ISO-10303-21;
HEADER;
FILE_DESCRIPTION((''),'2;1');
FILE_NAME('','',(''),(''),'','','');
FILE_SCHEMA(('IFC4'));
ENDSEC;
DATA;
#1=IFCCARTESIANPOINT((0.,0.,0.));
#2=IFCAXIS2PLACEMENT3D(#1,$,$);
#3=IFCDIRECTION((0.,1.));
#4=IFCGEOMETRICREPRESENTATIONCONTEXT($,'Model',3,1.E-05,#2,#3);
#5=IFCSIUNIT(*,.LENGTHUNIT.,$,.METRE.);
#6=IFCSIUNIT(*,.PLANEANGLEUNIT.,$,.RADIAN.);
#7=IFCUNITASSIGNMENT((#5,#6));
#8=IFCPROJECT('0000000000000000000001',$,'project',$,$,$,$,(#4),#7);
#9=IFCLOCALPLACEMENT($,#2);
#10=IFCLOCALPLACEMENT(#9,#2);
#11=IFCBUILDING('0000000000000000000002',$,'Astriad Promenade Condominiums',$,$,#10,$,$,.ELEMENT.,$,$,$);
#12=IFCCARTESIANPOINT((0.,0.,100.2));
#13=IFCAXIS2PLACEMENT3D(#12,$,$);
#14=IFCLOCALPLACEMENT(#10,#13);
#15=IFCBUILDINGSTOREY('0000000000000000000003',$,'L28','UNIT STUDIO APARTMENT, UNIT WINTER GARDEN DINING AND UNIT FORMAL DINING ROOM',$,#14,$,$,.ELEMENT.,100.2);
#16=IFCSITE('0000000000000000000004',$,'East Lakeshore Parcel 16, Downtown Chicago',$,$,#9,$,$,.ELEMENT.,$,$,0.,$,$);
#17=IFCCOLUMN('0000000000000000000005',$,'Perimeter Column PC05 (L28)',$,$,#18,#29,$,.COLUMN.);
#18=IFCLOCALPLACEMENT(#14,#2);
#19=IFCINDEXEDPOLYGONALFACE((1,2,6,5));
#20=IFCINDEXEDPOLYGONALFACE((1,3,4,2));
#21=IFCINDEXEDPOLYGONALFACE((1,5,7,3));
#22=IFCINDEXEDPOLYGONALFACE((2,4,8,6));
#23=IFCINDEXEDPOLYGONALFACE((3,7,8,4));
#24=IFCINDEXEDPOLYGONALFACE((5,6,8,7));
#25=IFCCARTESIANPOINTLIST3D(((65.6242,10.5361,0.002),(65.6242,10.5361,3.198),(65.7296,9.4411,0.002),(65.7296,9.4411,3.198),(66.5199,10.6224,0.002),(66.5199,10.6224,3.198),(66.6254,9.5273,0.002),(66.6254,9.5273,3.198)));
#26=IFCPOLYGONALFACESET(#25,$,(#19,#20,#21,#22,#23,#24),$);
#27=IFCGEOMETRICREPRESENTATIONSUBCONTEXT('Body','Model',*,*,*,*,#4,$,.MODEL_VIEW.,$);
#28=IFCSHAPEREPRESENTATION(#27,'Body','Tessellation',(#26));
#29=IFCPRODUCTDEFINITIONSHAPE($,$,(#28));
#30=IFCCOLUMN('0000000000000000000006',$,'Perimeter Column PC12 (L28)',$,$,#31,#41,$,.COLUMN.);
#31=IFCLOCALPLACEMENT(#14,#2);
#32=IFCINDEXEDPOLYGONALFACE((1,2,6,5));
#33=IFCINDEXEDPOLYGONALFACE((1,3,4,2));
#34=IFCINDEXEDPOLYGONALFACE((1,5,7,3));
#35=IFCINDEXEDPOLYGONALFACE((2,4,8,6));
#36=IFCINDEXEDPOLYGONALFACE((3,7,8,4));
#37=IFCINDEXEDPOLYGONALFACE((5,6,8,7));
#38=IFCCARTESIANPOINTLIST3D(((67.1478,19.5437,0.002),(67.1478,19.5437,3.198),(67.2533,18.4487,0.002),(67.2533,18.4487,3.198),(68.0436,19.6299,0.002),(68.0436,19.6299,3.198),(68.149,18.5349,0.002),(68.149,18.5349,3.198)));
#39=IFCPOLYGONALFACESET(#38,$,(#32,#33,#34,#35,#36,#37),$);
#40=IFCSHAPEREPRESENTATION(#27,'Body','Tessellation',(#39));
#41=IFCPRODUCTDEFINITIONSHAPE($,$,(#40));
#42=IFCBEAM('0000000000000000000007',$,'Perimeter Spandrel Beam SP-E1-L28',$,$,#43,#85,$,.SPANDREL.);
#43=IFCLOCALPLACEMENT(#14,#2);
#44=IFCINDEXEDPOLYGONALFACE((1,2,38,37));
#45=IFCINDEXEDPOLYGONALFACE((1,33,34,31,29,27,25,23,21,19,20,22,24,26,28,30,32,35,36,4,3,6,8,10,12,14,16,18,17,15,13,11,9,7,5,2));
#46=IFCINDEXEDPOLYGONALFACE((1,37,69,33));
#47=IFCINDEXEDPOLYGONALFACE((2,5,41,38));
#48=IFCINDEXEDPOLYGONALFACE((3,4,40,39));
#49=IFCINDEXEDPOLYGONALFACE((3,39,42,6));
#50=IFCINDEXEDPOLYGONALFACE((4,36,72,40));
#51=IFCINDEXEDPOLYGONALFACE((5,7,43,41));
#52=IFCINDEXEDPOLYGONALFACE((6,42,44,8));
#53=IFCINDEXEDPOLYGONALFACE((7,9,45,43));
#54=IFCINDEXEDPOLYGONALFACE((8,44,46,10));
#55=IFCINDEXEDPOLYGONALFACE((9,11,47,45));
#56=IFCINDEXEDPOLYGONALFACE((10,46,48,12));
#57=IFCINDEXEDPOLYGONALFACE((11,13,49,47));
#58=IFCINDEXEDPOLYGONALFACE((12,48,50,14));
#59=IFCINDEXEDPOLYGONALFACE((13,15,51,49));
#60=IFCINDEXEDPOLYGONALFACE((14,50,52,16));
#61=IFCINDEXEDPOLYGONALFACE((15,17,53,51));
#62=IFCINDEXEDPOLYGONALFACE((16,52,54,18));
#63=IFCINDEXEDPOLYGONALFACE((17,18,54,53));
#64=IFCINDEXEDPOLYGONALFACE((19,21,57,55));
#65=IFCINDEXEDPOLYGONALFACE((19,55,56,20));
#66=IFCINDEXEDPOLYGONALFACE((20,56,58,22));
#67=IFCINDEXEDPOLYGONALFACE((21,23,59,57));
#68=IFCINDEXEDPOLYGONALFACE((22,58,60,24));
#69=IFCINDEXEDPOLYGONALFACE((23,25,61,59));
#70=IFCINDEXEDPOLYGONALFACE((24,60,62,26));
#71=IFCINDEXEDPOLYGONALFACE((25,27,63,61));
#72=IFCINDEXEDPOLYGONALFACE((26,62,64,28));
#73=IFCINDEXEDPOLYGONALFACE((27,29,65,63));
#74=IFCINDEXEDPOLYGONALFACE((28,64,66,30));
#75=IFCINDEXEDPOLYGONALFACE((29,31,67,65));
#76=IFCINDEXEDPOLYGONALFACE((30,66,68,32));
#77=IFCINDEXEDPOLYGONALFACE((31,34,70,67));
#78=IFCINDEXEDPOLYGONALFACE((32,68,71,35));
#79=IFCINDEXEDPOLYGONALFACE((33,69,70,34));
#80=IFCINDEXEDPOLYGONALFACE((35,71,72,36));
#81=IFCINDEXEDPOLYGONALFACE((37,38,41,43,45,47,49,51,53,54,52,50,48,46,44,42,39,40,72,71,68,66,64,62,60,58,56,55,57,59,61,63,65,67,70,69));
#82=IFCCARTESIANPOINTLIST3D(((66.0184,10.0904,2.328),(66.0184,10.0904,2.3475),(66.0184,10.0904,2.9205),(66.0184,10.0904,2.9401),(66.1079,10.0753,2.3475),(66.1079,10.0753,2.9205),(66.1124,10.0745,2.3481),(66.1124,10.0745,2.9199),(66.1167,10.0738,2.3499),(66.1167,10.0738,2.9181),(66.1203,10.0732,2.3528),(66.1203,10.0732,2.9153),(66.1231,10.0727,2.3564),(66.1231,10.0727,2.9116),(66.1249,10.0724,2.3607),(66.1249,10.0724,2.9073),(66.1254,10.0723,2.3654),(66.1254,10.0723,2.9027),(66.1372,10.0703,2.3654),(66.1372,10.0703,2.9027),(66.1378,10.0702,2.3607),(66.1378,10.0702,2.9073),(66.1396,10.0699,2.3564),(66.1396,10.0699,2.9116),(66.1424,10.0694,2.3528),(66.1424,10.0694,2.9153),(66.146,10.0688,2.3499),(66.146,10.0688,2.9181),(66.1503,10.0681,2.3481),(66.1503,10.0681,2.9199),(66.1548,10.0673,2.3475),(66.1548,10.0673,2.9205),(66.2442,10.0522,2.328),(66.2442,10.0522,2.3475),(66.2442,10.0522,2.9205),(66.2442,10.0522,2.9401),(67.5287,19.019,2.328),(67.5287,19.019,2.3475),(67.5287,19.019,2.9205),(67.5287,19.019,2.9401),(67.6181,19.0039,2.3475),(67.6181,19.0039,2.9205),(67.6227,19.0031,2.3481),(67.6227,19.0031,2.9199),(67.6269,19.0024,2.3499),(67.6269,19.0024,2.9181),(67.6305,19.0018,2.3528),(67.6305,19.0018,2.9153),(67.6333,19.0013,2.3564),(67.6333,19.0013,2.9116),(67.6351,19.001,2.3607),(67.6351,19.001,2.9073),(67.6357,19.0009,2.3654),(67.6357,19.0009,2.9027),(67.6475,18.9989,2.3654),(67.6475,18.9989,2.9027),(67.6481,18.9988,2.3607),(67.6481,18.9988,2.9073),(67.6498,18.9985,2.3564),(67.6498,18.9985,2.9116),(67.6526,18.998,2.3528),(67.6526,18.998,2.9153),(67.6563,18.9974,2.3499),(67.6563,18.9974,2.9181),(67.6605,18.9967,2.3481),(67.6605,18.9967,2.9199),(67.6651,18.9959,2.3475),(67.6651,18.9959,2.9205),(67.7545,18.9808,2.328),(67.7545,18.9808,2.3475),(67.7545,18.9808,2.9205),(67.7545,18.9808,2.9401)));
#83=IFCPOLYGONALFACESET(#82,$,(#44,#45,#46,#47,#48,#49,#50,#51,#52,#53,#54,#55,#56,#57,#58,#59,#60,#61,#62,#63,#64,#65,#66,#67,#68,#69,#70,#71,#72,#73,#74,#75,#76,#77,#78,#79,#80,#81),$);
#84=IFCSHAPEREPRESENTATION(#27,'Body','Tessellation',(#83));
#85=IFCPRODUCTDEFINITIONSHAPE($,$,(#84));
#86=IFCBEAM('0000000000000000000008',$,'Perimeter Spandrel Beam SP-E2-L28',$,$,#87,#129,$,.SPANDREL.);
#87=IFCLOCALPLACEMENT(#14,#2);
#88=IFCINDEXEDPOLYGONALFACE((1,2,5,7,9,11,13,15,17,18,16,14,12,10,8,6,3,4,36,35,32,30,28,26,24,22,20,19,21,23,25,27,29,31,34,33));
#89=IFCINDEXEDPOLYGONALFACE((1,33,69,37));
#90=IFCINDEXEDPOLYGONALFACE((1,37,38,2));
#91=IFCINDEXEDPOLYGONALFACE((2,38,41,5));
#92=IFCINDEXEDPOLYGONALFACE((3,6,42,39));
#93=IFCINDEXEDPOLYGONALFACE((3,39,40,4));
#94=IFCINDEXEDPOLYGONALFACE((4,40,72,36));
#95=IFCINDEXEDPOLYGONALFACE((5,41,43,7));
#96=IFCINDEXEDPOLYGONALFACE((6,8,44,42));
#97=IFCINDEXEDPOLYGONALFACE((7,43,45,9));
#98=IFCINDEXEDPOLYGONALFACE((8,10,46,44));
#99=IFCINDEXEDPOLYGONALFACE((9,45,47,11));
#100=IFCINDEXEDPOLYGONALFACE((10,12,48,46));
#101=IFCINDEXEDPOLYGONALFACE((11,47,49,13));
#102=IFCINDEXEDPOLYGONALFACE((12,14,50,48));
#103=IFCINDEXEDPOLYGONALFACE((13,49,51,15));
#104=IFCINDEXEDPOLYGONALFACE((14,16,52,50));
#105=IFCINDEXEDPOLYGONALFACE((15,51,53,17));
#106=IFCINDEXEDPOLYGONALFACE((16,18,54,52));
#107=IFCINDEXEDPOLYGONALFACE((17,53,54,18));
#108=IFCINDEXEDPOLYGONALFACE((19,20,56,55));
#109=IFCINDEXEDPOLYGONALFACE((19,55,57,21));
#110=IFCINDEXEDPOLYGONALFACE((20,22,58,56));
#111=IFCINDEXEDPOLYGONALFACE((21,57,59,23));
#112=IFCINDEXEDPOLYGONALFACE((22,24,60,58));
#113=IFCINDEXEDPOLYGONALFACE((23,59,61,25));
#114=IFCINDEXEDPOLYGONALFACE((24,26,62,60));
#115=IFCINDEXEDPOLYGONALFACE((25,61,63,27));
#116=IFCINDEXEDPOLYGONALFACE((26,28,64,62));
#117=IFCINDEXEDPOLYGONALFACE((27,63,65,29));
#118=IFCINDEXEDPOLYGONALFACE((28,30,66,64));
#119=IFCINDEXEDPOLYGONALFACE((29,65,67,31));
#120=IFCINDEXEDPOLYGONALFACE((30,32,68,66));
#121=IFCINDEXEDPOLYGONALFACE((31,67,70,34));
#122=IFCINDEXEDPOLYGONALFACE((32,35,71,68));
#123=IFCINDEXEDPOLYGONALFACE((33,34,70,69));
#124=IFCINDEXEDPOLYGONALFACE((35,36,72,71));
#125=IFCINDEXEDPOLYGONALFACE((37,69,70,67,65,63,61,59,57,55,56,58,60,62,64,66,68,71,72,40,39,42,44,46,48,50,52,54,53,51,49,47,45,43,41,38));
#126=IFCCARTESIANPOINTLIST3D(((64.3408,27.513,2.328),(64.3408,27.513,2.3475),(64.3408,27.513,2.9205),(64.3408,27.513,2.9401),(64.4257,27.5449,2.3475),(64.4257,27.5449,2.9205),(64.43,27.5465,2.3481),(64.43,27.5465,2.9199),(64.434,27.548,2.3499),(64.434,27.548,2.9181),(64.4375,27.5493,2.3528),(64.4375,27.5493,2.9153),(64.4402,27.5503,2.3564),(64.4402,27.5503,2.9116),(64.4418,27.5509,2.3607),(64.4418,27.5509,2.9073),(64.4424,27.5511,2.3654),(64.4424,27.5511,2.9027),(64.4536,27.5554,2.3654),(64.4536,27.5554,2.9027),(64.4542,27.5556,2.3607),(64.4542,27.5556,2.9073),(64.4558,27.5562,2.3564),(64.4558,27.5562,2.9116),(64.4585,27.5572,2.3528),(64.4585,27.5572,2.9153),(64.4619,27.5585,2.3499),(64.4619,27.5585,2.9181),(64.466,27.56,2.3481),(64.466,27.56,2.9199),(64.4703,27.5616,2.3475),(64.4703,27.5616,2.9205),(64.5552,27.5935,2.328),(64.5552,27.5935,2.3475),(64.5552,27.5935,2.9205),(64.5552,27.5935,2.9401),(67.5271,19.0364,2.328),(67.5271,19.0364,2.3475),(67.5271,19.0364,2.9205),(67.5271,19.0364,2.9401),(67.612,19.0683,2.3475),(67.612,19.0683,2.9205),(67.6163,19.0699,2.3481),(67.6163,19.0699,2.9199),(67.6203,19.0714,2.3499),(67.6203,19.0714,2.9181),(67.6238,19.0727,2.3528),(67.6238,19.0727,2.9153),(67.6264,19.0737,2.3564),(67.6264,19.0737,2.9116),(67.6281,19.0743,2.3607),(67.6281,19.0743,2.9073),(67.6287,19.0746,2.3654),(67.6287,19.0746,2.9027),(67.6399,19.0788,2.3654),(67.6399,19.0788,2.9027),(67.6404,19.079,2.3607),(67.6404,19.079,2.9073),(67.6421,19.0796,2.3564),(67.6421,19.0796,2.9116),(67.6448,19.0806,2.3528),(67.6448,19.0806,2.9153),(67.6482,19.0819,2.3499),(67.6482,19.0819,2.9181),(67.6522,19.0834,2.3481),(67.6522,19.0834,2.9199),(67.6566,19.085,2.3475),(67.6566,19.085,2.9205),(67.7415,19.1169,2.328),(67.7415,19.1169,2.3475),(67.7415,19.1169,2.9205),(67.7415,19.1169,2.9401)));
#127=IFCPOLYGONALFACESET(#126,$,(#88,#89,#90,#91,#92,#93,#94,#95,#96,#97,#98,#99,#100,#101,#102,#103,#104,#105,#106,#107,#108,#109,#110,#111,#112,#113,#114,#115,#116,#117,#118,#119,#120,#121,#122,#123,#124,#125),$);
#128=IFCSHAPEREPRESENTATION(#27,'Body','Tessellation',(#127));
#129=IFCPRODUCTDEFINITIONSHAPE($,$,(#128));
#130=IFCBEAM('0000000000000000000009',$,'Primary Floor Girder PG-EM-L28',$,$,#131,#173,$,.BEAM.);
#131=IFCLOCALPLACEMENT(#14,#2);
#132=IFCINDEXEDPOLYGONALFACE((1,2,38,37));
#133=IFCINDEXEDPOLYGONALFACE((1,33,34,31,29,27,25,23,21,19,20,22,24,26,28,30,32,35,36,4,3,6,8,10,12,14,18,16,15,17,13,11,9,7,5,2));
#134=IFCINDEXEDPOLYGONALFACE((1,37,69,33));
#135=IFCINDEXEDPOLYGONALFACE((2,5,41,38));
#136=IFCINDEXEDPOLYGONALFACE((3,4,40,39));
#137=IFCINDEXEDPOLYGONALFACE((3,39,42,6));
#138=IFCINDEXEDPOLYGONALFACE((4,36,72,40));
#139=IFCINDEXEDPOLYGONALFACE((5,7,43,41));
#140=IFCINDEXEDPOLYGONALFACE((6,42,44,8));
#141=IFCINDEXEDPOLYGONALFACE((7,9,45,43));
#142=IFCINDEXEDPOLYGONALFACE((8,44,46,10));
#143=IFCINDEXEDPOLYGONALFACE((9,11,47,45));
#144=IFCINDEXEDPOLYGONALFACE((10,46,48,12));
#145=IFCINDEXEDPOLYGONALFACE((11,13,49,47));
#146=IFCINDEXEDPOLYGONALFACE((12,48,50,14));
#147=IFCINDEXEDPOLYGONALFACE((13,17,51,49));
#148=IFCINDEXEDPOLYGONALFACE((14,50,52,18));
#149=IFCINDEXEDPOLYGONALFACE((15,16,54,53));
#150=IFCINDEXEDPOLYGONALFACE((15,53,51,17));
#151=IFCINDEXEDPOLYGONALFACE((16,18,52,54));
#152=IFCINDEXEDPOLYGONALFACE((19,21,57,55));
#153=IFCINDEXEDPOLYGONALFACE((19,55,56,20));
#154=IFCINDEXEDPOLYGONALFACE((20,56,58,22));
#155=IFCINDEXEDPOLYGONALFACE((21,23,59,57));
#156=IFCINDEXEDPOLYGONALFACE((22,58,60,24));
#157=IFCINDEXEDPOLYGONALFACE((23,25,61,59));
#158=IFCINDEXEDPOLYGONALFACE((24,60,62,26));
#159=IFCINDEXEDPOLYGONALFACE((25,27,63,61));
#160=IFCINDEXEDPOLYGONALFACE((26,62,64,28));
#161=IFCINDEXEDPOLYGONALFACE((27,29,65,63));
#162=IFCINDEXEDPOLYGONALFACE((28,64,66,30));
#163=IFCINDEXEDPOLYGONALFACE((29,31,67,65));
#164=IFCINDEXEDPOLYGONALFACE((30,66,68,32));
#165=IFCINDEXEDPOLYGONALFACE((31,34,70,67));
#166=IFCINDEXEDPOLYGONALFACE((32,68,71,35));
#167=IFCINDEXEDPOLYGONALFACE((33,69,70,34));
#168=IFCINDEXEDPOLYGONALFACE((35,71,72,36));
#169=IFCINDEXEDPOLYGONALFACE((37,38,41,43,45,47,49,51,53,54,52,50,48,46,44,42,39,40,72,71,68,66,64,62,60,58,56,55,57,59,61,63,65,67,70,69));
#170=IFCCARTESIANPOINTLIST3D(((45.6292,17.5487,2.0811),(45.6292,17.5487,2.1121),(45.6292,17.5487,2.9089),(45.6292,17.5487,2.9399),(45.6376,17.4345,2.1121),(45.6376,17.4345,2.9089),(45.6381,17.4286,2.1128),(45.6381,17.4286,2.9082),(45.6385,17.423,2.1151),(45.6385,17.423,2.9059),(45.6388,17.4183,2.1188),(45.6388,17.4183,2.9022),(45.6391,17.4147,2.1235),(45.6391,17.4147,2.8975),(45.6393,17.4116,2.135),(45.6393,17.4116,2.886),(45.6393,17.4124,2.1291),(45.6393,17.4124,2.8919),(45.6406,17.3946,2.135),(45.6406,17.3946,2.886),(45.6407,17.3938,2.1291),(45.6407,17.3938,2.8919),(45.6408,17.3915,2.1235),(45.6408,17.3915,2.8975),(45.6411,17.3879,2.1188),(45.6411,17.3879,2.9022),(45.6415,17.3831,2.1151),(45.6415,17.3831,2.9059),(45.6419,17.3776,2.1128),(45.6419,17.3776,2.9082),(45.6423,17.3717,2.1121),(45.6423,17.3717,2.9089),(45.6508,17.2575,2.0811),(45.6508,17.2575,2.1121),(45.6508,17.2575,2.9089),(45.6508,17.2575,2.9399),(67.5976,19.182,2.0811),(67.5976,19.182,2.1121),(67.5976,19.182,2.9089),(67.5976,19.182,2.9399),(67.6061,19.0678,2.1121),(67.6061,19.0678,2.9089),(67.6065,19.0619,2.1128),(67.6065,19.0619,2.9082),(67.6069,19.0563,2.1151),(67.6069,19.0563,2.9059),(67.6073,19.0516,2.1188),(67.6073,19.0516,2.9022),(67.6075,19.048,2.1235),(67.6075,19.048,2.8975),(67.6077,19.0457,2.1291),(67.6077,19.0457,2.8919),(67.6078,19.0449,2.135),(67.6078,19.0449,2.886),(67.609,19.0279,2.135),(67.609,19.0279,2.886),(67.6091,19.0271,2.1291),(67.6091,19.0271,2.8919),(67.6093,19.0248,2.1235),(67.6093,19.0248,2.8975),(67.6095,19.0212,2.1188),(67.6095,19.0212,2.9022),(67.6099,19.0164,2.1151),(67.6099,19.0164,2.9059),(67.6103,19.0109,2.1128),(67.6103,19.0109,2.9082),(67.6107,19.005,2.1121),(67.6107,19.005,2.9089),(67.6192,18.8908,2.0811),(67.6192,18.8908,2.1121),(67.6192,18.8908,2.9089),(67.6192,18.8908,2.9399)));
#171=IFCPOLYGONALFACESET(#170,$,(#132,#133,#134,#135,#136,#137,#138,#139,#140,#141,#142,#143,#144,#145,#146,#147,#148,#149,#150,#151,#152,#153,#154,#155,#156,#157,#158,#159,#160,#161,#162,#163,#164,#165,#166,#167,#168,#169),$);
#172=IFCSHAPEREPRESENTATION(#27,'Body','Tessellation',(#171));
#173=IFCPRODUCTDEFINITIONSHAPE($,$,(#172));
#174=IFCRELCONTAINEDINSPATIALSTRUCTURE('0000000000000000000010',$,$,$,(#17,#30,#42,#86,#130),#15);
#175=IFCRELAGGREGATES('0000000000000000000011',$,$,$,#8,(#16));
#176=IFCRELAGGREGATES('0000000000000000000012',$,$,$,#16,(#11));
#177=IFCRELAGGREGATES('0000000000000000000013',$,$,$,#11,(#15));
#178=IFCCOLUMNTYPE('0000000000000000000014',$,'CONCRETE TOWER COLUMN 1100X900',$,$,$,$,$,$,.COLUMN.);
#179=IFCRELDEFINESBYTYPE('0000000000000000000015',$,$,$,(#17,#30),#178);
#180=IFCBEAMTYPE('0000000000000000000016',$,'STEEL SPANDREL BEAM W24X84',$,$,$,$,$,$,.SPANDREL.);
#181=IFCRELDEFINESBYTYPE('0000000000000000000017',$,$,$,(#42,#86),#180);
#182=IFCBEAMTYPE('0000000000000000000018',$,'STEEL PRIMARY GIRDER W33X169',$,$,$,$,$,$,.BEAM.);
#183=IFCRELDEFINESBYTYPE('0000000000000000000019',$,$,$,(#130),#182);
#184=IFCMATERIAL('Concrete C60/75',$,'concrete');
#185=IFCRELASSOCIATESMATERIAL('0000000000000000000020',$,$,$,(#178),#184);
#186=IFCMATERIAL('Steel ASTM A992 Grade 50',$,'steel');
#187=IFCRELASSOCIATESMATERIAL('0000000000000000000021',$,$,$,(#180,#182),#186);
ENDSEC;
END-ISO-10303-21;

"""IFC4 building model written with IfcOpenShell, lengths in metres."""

from ifc_helpers import new_model, si_unit, direction, frame, origin, origin_2d, place, context, subcontext, project, spatial, rectangle, i_section, extrude, source, transform, mapped, material, material_profile, profile_set, type_object, type_shapes, element, save


model = new_model("IFC4")

# Units and contexts
model_context = context("Model", 3, precision=1e-05, world=origin(), true_north=direction((0.0, 1.0)))
body_context = subcontext(model_context, "Body", "Model", "MODEL_VIEW")
ifc_project = project(units=[si_unit("LENGTHUNIT", "METRE"), si_unit("PLANEANGLEUNIT", "RADIAN")], contexts=[model_context])

# Site, building, storey
site_placement = place(None, origin())
site = spatial("IfcSite", under=ifc_project, at=site_placement, Name="East Lakeshore Parcel 16, Downtown Chicago", CompositionType="ELEMENT", RefElevation=0.0)
building_placement = place(site_placement, origin())
building = spatial("IfcBuilding", under=site, at=building_placement, Name="Astriad Promenade Condominiums", CompositionType="ELEMENT")
storey_placement = place(building_placement, frame((0.0, 0.0, 100.2)))
storey = spatial("IfcBuildingStorey", under=building, at=storey_placement, Name="L28", Description="UNIT STUDIO APARTMENT, UNIT WINTER GARDEN DINING AND UNIT FORMAL DINING ROOM", CompositionType="ELEMENT", Elevation=100.2)

# Columns
ifc_material_1 = material(Name="Concrete C60/75", Category="concrete")
ifc_material_profile_1 = material_profile(ifc_material_1, rectangle(XDim=0.8999, YDim=1.1001, at=origin_2d()), Name="RC-COL-1100X900")
ifc_profile_set_1 = profile_set([ifc_material_profile_1], Name="Concrete C60/75")
column_type = type_object("IfcColumnType", Name="CONCRETE TOWER COLUMN 1100X900", PredefinedType="COLUMN", material=ifc_profile_set_1)
shared_shape_1 = source(origin(), body_context, "Body", "SweptSolid", [
    extrude(rectangle(XDim=0.8999, YDim=1.1001, at=origin_2d()), origin(), (0.0, 0.0, 1.0), 3.196),
])
type_shapes(column_type, [shared_shape_1])
for number, where, z_axis, x_axis, name in (
    (1, (66.1248, 10.0317, 0.002), (0.0, 0.0, 1.0), (0.995396, 0.095846, 0.0), "Perimeter Column PC05 (L28)"),
    (2, (67.6484, 19.0393, 0.002), (0.0, 0.0, 1.0), (0.995396, 0.095846, 0.0), "Perimeter Column PC12 (L28)"),
):
    element("IfcColumn", number, at=place(storey_placement, frame(where, z_axis=z_axis, x_axis=x_axis)), inside=storey, type_object=column_type, Name=name, PredefinedType="COLUMN", context=body_context, shape_type="MappedRepresentation", body=[
        mapped(shared_shape_1, transform((0.0, 0.0, 0.0), scale=1.0)),
    ])

# Beams
ifc_material_2 = material(Name="Steel ASTM A992 Grade 50", Category="steel")
ifc_material_profile_2 = material_profile(ifc_material_2, i_section(OverallWidth=0.229, OverallDepth=0.6121, WebThickness=0.012, FlangeThickness=0.0195, FilletRadius=0.0178, at=origin_2d()), Name="W24X84")
ifc_profile_set_2 = profile_set([ifc_material_profile_2], Name="Steel ASTM A992 Grade 50")
beam_type_1 = type_object("IfcBeamType", Name="STEEL SPANDREL BEAM W24X84", PredefinedType="SPANDREL", material=ifc_profile_set_2)
shared_shape_2 = source(origin(), body_context, "Body", "SweptSolid", [
    extrude(i_section(OverallWidth=0.229, OverallDepth=0.6121, WebThickness=0.012, FlangeThickness=0.0195, FilletRadius=0.0178, at=origin_2d()), origin(), (0.0, 0.0, 1.0), 9.0554),
])
beam_1_placement = place(storey_placement, frame((66.1313, 10.0713, 2.634), z_axis=(0.166777, 0.985995, 0.0), x_axis=(-0.985995, 0.166777, 0.0)))
element("IfcBeam", 3, at=beam_1_placement, inside=storey, type_object=beam_type_1, Name="Perimeter Spandrel Beam SP-E1-L28", PredefinedType="SPANDREL", context=body_context, shape_type="MappedRepresentation", body=[
    mapped(shared_shape_2, transform((0.0, 0.0, 0.0), scale=1.0)),
])
shared_shape_3 = source(origin(), body_context, "Body", "SweptSolid", [
    extrude(i_section(OverallWidth=0.229, OverallDepth=0.6121, WebThickness=0.012, FlangeThickness=0.0195, FilletRadius=0.0178, at=origin_2d()), origin(), (0.0, 0.0, 1.0), 9.0557),
])
type_shapes(beam_type_1, [shared_shape_2, shared_shape_3])
beam_2_placement = place(storey_placement, frame((67.6343, 19.0767, 2.634), z_axis=(-0.351856, 0.936054, 0.0), x_axis=(-0.936054, -0.351856, 0.0)))
element("IfcBeam", 4, at=beam_2_placement, inside=storey, type_object=beam_type_1, Name="Perimeter Spandrel Beam SP-E2-L28", PredefinedType="SPANDREL", context=body_context, shape_type="MappedRepresentation", body=[
    mapped(shared_shape_3, transform((0.0, 0.0, 0.0), scale=1.0)),
])
ifc_material_profile_3 = material_profile(ifc_material_2, i_section(OverallWidth=0.292, OverallDepth=0.8589, WebThickness=0.0171, FlangeThickness=0.031, FilletRadius=0.0229, at=origin_2d()), Name="W33X169")
ifc_profile_set_3 = profile_set([ifc_material_profile_3], Name="Steel ASTM A992 Grade 50")
beam_type_2 = type_object("IfcBeamType", Name="STEEL PRIMARY GIRDER W33X169", PredefinedType="BEAM", material=ifc_profile_set_3)
shared_shape_4 = source(origin(), body_context, "Body", "SweptSolid", [
    extrude(i_section(OverallWidth=0.292, OverallDepth=0.8589, WebThickness=0.0171, FlangeThickness=0.031, FilletRadius=0.0229, at=origin_2d()), origin(), (0.0, 0.0, 1.0), 22.0291),
])
type_shapes(beam_type_2, [shared_shape_4])
beam_3_placement = place(storey_placement, frame((67.6084, 19.0364, 2.5105), z_axis=(-0.997248, -0.074143, 0.0), x_axis=(0.074143, -0.997248, 0.0)))
element("IfcBeam", 5, at=beam_3_placement, inside=storey, type_object=beam_type_2, Name="Primary Floor Girder PG-EM-L28", PredefinedType="BEAM", context=body_context, shape_type="MappedRepresentation", body=[
    mapped(shared_shape_4, transform((0.0, 0.0, 0.0), scale=1.0)),
])

save(model, "model.ifc")
